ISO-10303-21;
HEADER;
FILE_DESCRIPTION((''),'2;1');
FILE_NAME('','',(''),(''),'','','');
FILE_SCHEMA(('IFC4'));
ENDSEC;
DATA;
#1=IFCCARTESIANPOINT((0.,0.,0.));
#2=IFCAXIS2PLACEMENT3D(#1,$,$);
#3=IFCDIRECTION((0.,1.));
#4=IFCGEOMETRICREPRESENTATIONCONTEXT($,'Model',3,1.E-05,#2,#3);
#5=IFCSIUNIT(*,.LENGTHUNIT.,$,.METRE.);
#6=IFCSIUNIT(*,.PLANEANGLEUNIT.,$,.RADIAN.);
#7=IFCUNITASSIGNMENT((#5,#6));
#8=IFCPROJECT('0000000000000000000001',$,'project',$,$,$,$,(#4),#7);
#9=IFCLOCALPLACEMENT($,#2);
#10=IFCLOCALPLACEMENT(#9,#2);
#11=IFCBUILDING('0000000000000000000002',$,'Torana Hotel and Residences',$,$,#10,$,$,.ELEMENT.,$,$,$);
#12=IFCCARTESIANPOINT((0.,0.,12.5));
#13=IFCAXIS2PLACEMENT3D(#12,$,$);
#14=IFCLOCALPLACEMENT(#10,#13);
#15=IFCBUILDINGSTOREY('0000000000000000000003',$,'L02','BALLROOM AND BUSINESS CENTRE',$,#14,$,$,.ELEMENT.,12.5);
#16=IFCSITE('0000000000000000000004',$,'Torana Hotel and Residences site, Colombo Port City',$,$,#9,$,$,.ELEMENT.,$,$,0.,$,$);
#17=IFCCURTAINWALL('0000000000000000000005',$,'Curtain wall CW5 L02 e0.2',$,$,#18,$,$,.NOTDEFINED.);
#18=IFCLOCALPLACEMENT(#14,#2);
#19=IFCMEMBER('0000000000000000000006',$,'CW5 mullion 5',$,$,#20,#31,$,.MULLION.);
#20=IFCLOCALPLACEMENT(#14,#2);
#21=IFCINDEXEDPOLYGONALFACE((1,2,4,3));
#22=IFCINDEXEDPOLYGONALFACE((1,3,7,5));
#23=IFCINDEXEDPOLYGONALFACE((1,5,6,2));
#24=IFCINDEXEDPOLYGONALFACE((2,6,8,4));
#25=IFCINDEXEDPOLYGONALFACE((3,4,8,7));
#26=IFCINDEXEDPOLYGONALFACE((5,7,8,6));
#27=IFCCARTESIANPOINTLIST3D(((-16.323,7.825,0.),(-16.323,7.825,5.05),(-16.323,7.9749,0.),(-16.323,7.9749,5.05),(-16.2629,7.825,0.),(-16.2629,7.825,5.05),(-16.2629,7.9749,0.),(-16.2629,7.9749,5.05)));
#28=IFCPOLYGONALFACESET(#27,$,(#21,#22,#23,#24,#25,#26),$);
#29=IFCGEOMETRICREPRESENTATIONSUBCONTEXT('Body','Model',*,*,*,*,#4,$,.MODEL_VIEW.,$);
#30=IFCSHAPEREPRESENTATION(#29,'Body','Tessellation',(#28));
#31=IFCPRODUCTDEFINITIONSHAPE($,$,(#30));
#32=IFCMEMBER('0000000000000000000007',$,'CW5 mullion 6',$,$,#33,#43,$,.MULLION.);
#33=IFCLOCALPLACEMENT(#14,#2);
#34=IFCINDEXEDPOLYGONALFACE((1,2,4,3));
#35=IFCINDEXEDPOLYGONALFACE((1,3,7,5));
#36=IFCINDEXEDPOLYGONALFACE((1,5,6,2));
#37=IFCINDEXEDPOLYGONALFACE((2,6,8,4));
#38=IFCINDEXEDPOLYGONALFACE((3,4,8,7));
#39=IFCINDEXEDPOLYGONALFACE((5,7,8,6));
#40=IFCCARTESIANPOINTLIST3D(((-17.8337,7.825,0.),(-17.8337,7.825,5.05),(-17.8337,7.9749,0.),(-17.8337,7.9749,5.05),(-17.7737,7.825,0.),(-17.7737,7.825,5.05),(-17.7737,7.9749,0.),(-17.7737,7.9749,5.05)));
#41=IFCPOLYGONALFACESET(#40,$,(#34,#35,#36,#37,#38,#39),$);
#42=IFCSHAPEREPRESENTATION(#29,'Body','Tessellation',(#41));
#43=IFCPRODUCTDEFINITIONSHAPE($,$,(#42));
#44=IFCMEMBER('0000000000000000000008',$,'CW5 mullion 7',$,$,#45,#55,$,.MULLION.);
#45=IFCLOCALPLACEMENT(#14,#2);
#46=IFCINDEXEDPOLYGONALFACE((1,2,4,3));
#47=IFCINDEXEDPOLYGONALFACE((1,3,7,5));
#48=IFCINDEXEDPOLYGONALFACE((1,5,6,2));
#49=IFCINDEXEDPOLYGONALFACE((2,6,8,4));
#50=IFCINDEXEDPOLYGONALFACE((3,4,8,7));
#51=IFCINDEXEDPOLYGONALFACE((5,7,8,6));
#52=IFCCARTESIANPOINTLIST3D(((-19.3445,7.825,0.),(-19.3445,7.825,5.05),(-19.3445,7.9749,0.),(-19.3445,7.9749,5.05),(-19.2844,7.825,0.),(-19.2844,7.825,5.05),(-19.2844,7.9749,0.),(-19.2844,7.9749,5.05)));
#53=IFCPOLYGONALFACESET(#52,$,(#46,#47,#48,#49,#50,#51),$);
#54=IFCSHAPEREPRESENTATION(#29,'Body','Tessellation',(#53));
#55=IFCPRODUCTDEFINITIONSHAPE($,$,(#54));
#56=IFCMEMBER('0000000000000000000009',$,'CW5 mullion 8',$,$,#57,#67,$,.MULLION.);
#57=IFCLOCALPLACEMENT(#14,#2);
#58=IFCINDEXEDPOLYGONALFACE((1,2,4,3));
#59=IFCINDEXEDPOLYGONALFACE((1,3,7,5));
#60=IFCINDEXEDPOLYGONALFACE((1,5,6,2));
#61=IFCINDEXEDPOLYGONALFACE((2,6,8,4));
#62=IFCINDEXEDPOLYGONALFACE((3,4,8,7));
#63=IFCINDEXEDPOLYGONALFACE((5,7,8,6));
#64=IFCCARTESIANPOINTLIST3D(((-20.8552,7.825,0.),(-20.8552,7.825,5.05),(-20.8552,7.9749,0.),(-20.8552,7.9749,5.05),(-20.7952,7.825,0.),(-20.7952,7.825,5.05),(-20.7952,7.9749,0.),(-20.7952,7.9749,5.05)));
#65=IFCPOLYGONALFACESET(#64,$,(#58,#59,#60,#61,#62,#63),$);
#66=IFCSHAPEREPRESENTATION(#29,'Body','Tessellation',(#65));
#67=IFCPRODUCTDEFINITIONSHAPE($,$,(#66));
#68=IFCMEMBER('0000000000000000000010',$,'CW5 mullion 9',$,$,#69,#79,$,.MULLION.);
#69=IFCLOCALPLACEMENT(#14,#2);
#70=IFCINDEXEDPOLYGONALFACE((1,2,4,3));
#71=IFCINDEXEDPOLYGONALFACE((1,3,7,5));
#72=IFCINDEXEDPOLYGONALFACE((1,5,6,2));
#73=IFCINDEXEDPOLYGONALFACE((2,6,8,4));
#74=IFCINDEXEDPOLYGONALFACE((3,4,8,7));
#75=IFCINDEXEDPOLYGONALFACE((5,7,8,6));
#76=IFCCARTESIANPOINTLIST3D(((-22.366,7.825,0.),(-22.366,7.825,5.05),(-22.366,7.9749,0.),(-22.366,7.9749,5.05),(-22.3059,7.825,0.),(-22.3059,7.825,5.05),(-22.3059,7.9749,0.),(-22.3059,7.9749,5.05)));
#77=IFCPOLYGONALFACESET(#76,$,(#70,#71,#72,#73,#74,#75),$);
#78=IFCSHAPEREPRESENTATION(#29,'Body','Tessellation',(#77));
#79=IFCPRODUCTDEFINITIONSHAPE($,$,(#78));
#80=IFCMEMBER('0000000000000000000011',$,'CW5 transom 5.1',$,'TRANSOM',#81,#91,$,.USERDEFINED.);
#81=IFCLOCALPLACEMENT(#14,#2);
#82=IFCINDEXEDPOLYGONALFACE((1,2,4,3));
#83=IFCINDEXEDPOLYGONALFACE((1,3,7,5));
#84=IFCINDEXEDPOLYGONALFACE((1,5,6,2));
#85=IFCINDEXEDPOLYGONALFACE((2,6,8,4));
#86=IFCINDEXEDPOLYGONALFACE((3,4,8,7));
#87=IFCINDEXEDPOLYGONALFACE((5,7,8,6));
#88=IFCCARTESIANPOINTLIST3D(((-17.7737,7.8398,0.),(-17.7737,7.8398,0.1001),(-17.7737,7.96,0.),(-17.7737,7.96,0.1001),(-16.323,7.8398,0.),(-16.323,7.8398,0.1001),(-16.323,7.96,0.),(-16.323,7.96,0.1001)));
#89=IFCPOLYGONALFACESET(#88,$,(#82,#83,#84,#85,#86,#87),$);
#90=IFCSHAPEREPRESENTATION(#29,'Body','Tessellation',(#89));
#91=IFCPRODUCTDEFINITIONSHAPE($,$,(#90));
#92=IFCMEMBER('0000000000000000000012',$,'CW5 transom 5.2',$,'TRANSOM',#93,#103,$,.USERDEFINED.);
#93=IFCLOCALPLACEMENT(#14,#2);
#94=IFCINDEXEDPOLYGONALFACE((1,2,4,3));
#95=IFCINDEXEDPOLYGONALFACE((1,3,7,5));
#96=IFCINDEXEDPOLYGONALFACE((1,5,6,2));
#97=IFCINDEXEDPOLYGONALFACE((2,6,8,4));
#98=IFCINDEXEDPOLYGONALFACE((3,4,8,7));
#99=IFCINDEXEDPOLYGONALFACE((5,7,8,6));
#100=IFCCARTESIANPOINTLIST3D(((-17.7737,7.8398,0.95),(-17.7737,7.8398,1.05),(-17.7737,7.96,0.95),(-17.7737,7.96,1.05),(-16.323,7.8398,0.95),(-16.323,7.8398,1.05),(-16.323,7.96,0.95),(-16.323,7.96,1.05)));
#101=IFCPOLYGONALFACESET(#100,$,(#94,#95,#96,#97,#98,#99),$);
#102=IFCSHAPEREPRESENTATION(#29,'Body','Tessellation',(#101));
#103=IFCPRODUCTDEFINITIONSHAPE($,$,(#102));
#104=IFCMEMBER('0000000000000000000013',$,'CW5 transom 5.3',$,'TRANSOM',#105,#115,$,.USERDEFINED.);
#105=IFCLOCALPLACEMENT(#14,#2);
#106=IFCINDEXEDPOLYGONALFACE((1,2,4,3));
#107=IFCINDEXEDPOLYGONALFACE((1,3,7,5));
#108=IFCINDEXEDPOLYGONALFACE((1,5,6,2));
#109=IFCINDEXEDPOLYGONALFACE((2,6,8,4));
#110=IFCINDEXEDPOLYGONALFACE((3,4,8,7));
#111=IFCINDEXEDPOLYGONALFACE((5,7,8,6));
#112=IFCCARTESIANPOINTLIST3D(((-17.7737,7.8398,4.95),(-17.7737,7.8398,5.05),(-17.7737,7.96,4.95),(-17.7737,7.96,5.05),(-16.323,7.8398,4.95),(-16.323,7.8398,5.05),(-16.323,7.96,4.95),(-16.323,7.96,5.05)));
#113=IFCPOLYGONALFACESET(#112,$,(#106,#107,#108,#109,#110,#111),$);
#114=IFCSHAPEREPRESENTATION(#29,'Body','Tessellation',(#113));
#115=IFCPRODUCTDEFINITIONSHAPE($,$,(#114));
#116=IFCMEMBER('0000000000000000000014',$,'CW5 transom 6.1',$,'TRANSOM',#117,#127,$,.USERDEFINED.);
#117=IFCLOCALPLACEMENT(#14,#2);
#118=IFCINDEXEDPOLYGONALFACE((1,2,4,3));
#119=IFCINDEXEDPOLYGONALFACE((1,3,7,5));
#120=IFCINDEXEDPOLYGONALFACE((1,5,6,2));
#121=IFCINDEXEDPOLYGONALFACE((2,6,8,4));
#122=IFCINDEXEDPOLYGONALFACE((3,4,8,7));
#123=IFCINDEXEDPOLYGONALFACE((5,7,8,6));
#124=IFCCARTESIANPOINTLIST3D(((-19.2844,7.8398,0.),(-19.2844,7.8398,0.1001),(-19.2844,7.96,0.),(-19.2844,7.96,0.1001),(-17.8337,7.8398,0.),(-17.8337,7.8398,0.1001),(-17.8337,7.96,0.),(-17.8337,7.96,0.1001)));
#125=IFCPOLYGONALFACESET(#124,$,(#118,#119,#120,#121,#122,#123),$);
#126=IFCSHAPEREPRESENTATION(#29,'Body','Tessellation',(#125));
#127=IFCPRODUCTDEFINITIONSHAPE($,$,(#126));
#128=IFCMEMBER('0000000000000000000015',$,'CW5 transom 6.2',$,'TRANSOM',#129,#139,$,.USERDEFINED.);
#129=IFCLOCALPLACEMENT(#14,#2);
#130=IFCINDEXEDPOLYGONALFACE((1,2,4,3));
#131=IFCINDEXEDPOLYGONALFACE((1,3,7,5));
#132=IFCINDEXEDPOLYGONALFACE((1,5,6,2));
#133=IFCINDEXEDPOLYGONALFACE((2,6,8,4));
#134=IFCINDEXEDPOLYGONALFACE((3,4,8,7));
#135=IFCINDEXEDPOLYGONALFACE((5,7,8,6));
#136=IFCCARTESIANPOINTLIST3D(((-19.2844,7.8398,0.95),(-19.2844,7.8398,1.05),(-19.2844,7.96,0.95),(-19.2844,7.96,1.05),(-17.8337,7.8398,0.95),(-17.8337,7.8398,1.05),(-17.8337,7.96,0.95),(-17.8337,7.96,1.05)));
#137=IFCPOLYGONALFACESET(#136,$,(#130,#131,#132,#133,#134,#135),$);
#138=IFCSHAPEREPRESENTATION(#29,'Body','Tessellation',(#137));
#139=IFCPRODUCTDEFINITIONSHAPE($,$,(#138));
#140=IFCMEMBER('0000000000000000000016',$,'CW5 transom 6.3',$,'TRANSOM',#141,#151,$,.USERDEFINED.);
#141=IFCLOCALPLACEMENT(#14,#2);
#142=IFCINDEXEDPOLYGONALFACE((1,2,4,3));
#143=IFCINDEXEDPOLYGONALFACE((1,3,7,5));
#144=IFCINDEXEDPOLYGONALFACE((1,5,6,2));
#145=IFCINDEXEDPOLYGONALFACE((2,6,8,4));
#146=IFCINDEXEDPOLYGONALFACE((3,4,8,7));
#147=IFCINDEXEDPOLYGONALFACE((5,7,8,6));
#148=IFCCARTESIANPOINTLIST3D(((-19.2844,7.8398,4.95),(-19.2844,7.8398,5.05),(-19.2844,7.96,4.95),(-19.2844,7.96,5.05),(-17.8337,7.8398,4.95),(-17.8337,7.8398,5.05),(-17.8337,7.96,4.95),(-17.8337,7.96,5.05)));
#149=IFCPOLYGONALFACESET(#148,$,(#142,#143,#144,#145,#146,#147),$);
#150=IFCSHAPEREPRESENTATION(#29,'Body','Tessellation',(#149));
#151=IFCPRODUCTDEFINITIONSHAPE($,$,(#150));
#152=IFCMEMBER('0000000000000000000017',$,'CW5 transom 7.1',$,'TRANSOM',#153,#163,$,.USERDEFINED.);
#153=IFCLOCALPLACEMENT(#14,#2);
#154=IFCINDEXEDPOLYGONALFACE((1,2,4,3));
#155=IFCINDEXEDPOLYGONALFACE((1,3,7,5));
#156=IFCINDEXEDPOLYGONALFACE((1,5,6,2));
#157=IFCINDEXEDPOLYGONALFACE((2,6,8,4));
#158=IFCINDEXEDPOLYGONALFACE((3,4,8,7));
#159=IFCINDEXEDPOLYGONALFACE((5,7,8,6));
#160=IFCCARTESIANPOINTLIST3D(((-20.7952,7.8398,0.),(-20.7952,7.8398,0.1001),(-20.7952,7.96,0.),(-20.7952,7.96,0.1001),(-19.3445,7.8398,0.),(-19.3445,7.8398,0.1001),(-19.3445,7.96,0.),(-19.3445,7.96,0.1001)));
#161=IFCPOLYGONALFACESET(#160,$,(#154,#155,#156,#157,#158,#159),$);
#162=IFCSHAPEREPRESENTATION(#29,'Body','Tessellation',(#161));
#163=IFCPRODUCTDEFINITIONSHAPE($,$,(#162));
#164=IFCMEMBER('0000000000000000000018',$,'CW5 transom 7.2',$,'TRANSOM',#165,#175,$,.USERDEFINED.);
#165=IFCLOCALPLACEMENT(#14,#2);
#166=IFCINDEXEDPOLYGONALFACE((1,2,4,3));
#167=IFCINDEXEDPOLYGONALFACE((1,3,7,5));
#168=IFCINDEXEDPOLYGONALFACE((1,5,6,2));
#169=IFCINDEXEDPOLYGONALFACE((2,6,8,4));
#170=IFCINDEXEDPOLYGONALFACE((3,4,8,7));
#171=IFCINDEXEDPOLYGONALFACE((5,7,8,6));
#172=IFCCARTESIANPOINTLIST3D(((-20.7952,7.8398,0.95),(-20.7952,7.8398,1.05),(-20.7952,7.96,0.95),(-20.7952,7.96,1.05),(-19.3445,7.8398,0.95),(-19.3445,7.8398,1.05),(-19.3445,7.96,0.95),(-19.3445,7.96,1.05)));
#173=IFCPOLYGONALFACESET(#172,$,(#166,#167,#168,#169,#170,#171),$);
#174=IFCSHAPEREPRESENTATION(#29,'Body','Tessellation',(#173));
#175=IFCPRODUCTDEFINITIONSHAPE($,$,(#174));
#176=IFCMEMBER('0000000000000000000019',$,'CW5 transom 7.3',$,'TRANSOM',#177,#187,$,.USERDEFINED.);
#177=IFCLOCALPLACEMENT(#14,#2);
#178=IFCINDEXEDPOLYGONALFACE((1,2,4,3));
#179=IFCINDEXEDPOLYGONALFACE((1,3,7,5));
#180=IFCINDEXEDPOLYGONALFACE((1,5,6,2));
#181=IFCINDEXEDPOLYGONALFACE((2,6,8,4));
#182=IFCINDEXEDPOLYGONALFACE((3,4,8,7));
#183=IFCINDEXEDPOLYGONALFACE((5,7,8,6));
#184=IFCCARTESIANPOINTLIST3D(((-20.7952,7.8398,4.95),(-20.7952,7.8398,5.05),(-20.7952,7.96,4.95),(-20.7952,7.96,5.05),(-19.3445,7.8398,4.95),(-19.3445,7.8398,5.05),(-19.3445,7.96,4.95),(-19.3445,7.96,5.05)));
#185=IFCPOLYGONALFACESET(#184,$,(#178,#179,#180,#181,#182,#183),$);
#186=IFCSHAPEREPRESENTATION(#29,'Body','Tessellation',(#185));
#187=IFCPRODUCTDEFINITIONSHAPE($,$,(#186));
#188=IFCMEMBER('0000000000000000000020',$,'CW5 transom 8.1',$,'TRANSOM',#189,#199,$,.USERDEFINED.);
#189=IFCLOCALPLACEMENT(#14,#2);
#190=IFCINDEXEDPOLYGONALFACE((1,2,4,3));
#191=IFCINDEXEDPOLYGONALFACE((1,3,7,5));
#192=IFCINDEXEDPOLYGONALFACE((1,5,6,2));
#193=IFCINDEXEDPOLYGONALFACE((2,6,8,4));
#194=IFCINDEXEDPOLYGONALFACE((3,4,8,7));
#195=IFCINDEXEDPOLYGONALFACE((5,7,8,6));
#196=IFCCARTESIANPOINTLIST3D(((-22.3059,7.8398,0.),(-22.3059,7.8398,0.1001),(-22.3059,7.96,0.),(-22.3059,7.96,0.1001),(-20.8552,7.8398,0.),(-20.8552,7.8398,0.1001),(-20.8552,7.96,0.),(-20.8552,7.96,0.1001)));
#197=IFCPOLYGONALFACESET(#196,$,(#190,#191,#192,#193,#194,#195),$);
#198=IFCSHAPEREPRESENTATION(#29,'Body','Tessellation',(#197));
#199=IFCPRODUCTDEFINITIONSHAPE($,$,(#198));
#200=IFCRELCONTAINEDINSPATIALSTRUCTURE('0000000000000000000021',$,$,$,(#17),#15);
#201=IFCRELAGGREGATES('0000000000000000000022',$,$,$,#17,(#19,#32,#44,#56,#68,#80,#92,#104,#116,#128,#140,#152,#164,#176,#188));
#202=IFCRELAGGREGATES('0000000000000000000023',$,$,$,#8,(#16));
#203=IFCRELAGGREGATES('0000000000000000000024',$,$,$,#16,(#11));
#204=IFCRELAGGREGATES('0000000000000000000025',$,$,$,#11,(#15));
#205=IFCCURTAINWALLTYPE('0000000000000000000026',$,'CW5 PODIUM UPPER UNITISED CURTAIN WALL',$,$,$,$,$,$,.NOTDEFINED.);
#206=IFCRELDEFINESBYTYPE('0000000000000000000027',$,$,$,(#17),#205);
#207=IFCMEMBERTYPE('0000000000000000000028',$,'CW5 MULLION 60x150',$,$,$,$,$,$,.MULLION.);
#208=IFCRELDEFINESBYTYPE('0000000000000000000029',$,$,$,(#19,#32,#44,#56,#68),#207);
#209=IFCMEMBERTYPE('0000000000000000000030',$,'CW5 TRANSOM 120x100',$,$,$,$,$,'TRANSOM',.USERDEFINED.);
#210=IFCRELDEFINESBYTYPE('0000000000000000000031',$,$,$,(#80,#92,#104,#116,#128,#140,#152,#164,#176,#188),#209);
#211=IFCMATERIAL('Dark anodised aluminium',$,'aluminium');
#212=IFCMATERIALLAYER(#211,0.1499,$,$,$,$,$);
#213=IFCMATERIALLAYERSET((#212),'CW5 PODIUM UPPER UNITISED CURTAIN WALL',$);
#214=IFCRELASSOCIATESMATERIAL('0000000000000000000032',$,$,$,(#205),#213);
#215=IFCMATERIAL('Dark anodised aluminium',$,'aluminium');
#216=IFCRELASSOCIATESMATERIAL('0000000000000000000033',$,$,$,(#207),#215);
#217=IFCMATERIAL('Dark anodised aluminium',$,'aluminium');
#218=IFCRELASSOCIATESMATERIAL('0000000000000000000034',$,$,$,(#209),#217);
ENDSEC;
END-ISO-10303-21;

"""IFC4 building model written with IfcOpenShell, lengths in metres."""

from ifc_helpers import new_model, si_unit, direction, frame, origin, origin_2d, place, context, subcontext, project, spatial, rectangle, extrude, material, layer, layer_set, material_profile, profile_set, type_object, element, aggregate, save


model = new_model("IFC4")

# Units and contexts
model_context = context("Model", 3, precision=1e-05, world=origin(), true_north=direction((0.0, 1.0)))
body_context = subcontext(model_context, "Body", "Model", "MODEL_VIEW")
ifc_project = project(units=[si_unit("LENGTHUNIT", "METRE"), si_unit("PLANEANGLEUNIT", "RADIAN")], contexts=[model_context])

# Site, building, storey
site_placement = place(None, origin())
site = spatial("IfcSite", under=ifc_project, at=site_placement, Name="Torana Hotel and Residences site, Colombo Port City", CompositionType="ELEMENT", RefElevation=0.0)
building_placement = place(site_placement, origin())
building = spatial("IfcBuilding", under=site, at=building_placement, Name="Torana Hotel and Residences", CompositionType="ELEMENT")
storey_placement = place(building_placement, frame((0.0, 0.0, 12.5)))
storey = spatial("IfcBuildingStorey", under=building, at=storey_placement, Name="L02", Description="BALLROOM AND BUSINESS CENTRE", CompositionType="ELEMENT", Elevation=12.5)

# Curtain wall, members
ifc_material_1 = material(Name="Dark anodised aluminium", Category="aluminium")
ifc_layer_1 = layer(ifc_material_1, 0.1499)
ifc_layer_set_1 = layer_set([ifc_layer_1], Name="CW5 PODIUM UPPER UNITISED CURTAIN WALL")
curtain_wall_type = type_object("IfcCurtainWallType", Name="CW5 PODIUM UPPER UNITISED CURTAIN WALL", PredefinedType="NOTDEFINED", material=ifc_layer_set_1)
curtain_wall_placement = place(storey_placement, origin())
curtain_wall = element("IfcCurtainWall", 1, at=curtain_wall_placement, inside=storey, type_object=curtain_wall_type, Name="Curtain wall CW5 L02 e0.2", PredefinedType="NOTDEFINED")
ifc_material_2 = material(Name="Dark anodised aluminium", Category="aluminium")
ifc_material_profile_1 = material_profile(ifc_material_2, rectangle(XDim=0.1499, YDim=0.0601, at=origin_2d()), Name="CW5 MULLION 60x150")
ifc_profile_set_1 = profile_set([ifc_material_profile_1], Name="Dark anodised aluminium")
member_type_1 = type_object("IfcMemberType", Name="CW5 MULLION 60x150", PredefinedType="MULLION", material=ifc_profile_set_1)
member_1_placement = place(storey_placement, frame((-16.293, 7.8999, 0.0), z_axis=(0.0, 0.0, 1.0), x_axis=(0.0, -1.0, 0.0)))
member_1 = element("IfcMember", 2, at=member_1_placement, type_object=member_type_1, Name="CW5 mullion 5", PredefinedType="MULLION", context=body_context, shape_type="SweptSolid", body=[
    extrude(rectangle(XDim=0.1499, YDim=0.0601, at=origin_2d()), origin(), (0.0, 0.0, 1.0), 5.05),
])
member_2_placement = place(storey_placement, frame((-17.8037, 7.8999, 0.0), z_axis=(0.0, 0.0, 1.0), x_axis=(0.0, -1.0, 0.0)))
member_2 = element("IfcMember", 3, at=member_2_placement, type_object=member_type_1, Name="CW5 mullion 6", PredefinedType="MULLION", context=body_context, shape_type="SweptSolid", body=[
    extrude(rectangle(XDim=0.1499, YDim=0.0601, at=origin_2d()), origin(), (0.0, 0.0, 1.0), 5.05),
])
member_3_placement = place(storey_placement, frame((-19.3145, 7.8999, 0.0), z_axis=(0.0, 0.0, 1.0), x_axis=(0.0, -1.0, 0.0)))
member_3 = element("IfcMember", 4, at=member_3_placement, type_object=member_type_1, Name="CW5 mullion 7", PredefinedType="MULLION", context=body_context, shape_type="SweptSolid", body=[
    extrude(rectangle(XDim=0.1499, YDim=0.0601, at=origin_2d()), origin(), (0.0, 0.0, 1.0), 5.05),
])
member_4_placement = place(storey_placement, frame((-20.8252, 7.8999, 0.0), z_axis=(0.0, 0.0, 1.0), x_axis=(0.0, -1.0, 0.0)))
member_4 = element("IfcMember", 5, at=member_4_placement, type_object=member_type_1, Name="CW5 mullion 8", PredefinedType="MULLION", context=body_context, shape_type="SweptSolid", body=[
    extrude(rectangle(XDim=0.1499, YDim=0.0601, at=origin_2d()), origin(), (0.0, 0.0, 1.0), 5.05),
])
member_5_placement = place(storey_placement, frame((-22.3359, 7.8999, 0.0), z_axis=(0.0, 0.0, 1.0), x_axis=(0.0, -1.0, 0.0)))
member_5 = element("IfcMember", 6, at=member_5_placement, type_object=member_type_1, Name="CW5 mullion 9", PredefinedType="MULLION", context=body_context, shape_type="SweptSolid", body=[
    extrude(rectangle(XDim=0.1499, YDim=0.0601, at=origin_2d()), origin(), (0.0, 0.0, 1.0), 5.05),
])
ifc_material_3 = material(Name="Dark anodised aluminium", Category="aluminium")
ifc_material_profile_2 = material_profile(ifc_material_3, rectangle(XDim=0.1201, YDim=0.1001, at=origin_2d()), Name="CW5 TRANSOM 120x100")
ifc_profile_set_2 = profile_set([ifc_material_profile_2], Name="Dark anodised aluminium")
member_type_2 = type_object("IfcMemberType", Name="CW5 TRANSOM 120x100", ElementType="TRANSOM", PredefinedType="USERDEFINED", material=ifc_profile_set_2)
member_6_placement = place(storey_placement, frame((-16.323, 7.8999, 0.05), z_axis=(-1.0, 0.0, 0.0), x_axis=(0.0, -1.0, 0.0)))
member_6 = element("IfcMember", 7, at=member_6_placement, type_object=member_type_2, Name="CW5 transom 5.1", ObjectType="TRANSOM", PredefinedType="USERDEFINED", context=body_context, shape_type="SweptSolid", body=[
    extrude(rectangle(XDim=0.1201, YDim=0.1001, at=origin_2d()), origin(), (0.0, 0.0, 1.0), 1.4507),
])
member_7_placement = place(storey_placement, frame((-16.323, 7.8999, 1.0), z_axis=(-1.0, 0.0, 0.0), x_axis=(0.0, -1.0, 0.0)))
member_7 = element("IfcMember", 8, at=member_7_placement, type_object=member_type_2, Name="CW5 transom 5.2", ObjectType="TRANSOM", PredefinedType="USERDEFINED", context=body_context, shape_type="SweptSolid", body=[
    extrude(rectangle(XDim=0.1201, YDim=0.1001, at=origin_2d()), origin(), (0.0, 0.0, 1.0), 1.4507),
])
member_8_placement = place(storey_placement, frame((-16.323, 7.8999, 5.0), z_axis=(-1.0, 0.0, 0.0), x_axis=(0.0, -1.0, 0.0)))
member_8 = element("IfcMember", 9, at=member_8_placement, type_object=member_type_2, Name="CW5 transom 5.3", ObjectType="TRANSOM", PredefinedType="USERDEFINED", context=body_context, shape_type="SweptSolid", body=[
    extrude(rectangle(XDim=0.1201, YDim=0.1001, at=origin_2d()), origin(), (0.0, 0.0, 1.0), 1.4507),
])
member_9_placement = place(storey_placement, frame((-17.8337, 7.8999, 0.05), z_axis=(-1.0, 0.0, 0.0), x_axis=(0.0, -1.0, 0.0)))
member_9 = element("IfcMember", 10, at=member_9_placement, type_object=member_type_2, Name="CW5 transom 6.1", ObjectType="TRANSOM", PredefinedType="USERDEFINED", context=body_context, shape_type="SweptSolid", body=[
    extrude(rectangle(XDim=0.1201, YDim=0.1001, at=origin_2d()), origin(), (0.0, 0.0, 1.0), 1.4507),
])
member_10_placement = place(storey_placement, frame((-17.8337, 7.8999, 1.0), z_axis=(-1.0, 0.0, 0.0), x_axis=(0.0, -1.0, 0.0)))
member_10 = element("IfcMember", 11, at=member_10_placement, type_object=member_type_2, Name="CW5 transom 6.2", ObjectType="TRANSOM", PredefinedType="USERDEFINED", context=body_context, shape_type="SweptSolid", body=[
    extrude(rectangle(XDim=0.1201, YDim=0.1001, at=origin_2d()), origin(), (0.0, 0.0, 1.0), 1.4507),
])
member_11_placement = place(storey_placement, frame((-17.8337, 7.8999, 5.0), z_axis=(-1.0, 0.0, 0.0), x_axis=(0.0, -1.0, 0.0)))
member_11 = element("IfcMember", 12, at=member_11_placement, type_object=member_type_2, Name="CW5 transom 6.3", ObjectType="TRANSOM", PredefinedType="USERDEFINED", context=body_context, shape_type="SweptSolid", body=[
    extrude(rectangle(XDim=0.1201, YDim=0.1001, at=origin_2d()), origin(), (0.0, 0.0, 1.0), 1.4507),
])
member_12_placement = place(storey_placement, frame((-19.3445, 7.8999, 0.05), z_axis=(-1.0, 0.0, 0.0), x_axis=(0.0, -1.0, 0.0)))
member_12 = element("IfcMember", 13, at=member_12_placement, type_object=member_type_2, Name="CW5 transom 7.1", ObjectType="TRANSOM", PredefinedType="USERDEFINED", context=body_context, shape_type="SweptSolid", body=[
    extrude(rectangle(XDim=0.1201, YDim=0.1001, at=origin_2d()), origin(), (0.0, 0.0, 1.0), 1.4507),
])
member_13_placement = place(storey_placement, frame((-19.3445, 7.8999, 1.0), z_axis=(-1.0, 0.0, 0.0), x_axis=(0.0, -1.0, 0.0)))
member_13 = element("IfcMember", 14, at=member_13_placement, type_object=member_type_2, Name="CW5 transom 7.2", ObjectType="TRANSOM", PredefinedType="USERDEFINED", context=body_context, shape_type="SweptSolid", body=[
    extrude(rectangle(XDim=0.1201, YDim=0.1001, at=origin_2d()), origin(), (0.0, 0.0, 1.0), 1.4507),
])
member_14_placement = place(storey_placement, frame((-19.3445, 7.8999, 5.0), z_axis=(-1.0, 0.0, 0.0), x_axis=(0.0, -1.0, 0.0)))
member_14 = element("IfcMember", 15, at=member_14_placement, type_object=member_type_2, Name="CW5 transom 7.3", ObjectType="TRANSOM", PredefinedType="USERDEFINED", context=body_context, shape_type="SweptSolid", body=[
    extrude(rectangle(XDim=0.1201, YDim=0.1001, at=origin_2d()), origin(), (0.0, 0.0, 1.0), 1.4507),
])
member_15_placement = place(storey_placement, frame((-20.8552, 7.8999, 0.05), z_axis=(-1.0, 0.0, 0.0), x_axis=(0.0, -1.0, 0.0)))
member_15 = element("IfcMember", 16, at=member_15_placement, type_object=member_type_2, Name="CW5 transom 8.1", ObjectType="TRANSOM", PredefinedType="USERDEFINED", context=body_context, shape_type="SweptSolid", body=[
    extrude(rectangle(XDim=0.1201, YDim=0.1001, at=origin_2d()), origin(), (0.0, 0.0, 1.0), 1.4507),
])
aggregate(curtain_wall, [member_1, member_2, member_3, member_4, member_5, member_6, member_7, member_8, member_9, member_10, member_11, member_12, member_13, member_14, member_15])

save(model, "model.ifc")
